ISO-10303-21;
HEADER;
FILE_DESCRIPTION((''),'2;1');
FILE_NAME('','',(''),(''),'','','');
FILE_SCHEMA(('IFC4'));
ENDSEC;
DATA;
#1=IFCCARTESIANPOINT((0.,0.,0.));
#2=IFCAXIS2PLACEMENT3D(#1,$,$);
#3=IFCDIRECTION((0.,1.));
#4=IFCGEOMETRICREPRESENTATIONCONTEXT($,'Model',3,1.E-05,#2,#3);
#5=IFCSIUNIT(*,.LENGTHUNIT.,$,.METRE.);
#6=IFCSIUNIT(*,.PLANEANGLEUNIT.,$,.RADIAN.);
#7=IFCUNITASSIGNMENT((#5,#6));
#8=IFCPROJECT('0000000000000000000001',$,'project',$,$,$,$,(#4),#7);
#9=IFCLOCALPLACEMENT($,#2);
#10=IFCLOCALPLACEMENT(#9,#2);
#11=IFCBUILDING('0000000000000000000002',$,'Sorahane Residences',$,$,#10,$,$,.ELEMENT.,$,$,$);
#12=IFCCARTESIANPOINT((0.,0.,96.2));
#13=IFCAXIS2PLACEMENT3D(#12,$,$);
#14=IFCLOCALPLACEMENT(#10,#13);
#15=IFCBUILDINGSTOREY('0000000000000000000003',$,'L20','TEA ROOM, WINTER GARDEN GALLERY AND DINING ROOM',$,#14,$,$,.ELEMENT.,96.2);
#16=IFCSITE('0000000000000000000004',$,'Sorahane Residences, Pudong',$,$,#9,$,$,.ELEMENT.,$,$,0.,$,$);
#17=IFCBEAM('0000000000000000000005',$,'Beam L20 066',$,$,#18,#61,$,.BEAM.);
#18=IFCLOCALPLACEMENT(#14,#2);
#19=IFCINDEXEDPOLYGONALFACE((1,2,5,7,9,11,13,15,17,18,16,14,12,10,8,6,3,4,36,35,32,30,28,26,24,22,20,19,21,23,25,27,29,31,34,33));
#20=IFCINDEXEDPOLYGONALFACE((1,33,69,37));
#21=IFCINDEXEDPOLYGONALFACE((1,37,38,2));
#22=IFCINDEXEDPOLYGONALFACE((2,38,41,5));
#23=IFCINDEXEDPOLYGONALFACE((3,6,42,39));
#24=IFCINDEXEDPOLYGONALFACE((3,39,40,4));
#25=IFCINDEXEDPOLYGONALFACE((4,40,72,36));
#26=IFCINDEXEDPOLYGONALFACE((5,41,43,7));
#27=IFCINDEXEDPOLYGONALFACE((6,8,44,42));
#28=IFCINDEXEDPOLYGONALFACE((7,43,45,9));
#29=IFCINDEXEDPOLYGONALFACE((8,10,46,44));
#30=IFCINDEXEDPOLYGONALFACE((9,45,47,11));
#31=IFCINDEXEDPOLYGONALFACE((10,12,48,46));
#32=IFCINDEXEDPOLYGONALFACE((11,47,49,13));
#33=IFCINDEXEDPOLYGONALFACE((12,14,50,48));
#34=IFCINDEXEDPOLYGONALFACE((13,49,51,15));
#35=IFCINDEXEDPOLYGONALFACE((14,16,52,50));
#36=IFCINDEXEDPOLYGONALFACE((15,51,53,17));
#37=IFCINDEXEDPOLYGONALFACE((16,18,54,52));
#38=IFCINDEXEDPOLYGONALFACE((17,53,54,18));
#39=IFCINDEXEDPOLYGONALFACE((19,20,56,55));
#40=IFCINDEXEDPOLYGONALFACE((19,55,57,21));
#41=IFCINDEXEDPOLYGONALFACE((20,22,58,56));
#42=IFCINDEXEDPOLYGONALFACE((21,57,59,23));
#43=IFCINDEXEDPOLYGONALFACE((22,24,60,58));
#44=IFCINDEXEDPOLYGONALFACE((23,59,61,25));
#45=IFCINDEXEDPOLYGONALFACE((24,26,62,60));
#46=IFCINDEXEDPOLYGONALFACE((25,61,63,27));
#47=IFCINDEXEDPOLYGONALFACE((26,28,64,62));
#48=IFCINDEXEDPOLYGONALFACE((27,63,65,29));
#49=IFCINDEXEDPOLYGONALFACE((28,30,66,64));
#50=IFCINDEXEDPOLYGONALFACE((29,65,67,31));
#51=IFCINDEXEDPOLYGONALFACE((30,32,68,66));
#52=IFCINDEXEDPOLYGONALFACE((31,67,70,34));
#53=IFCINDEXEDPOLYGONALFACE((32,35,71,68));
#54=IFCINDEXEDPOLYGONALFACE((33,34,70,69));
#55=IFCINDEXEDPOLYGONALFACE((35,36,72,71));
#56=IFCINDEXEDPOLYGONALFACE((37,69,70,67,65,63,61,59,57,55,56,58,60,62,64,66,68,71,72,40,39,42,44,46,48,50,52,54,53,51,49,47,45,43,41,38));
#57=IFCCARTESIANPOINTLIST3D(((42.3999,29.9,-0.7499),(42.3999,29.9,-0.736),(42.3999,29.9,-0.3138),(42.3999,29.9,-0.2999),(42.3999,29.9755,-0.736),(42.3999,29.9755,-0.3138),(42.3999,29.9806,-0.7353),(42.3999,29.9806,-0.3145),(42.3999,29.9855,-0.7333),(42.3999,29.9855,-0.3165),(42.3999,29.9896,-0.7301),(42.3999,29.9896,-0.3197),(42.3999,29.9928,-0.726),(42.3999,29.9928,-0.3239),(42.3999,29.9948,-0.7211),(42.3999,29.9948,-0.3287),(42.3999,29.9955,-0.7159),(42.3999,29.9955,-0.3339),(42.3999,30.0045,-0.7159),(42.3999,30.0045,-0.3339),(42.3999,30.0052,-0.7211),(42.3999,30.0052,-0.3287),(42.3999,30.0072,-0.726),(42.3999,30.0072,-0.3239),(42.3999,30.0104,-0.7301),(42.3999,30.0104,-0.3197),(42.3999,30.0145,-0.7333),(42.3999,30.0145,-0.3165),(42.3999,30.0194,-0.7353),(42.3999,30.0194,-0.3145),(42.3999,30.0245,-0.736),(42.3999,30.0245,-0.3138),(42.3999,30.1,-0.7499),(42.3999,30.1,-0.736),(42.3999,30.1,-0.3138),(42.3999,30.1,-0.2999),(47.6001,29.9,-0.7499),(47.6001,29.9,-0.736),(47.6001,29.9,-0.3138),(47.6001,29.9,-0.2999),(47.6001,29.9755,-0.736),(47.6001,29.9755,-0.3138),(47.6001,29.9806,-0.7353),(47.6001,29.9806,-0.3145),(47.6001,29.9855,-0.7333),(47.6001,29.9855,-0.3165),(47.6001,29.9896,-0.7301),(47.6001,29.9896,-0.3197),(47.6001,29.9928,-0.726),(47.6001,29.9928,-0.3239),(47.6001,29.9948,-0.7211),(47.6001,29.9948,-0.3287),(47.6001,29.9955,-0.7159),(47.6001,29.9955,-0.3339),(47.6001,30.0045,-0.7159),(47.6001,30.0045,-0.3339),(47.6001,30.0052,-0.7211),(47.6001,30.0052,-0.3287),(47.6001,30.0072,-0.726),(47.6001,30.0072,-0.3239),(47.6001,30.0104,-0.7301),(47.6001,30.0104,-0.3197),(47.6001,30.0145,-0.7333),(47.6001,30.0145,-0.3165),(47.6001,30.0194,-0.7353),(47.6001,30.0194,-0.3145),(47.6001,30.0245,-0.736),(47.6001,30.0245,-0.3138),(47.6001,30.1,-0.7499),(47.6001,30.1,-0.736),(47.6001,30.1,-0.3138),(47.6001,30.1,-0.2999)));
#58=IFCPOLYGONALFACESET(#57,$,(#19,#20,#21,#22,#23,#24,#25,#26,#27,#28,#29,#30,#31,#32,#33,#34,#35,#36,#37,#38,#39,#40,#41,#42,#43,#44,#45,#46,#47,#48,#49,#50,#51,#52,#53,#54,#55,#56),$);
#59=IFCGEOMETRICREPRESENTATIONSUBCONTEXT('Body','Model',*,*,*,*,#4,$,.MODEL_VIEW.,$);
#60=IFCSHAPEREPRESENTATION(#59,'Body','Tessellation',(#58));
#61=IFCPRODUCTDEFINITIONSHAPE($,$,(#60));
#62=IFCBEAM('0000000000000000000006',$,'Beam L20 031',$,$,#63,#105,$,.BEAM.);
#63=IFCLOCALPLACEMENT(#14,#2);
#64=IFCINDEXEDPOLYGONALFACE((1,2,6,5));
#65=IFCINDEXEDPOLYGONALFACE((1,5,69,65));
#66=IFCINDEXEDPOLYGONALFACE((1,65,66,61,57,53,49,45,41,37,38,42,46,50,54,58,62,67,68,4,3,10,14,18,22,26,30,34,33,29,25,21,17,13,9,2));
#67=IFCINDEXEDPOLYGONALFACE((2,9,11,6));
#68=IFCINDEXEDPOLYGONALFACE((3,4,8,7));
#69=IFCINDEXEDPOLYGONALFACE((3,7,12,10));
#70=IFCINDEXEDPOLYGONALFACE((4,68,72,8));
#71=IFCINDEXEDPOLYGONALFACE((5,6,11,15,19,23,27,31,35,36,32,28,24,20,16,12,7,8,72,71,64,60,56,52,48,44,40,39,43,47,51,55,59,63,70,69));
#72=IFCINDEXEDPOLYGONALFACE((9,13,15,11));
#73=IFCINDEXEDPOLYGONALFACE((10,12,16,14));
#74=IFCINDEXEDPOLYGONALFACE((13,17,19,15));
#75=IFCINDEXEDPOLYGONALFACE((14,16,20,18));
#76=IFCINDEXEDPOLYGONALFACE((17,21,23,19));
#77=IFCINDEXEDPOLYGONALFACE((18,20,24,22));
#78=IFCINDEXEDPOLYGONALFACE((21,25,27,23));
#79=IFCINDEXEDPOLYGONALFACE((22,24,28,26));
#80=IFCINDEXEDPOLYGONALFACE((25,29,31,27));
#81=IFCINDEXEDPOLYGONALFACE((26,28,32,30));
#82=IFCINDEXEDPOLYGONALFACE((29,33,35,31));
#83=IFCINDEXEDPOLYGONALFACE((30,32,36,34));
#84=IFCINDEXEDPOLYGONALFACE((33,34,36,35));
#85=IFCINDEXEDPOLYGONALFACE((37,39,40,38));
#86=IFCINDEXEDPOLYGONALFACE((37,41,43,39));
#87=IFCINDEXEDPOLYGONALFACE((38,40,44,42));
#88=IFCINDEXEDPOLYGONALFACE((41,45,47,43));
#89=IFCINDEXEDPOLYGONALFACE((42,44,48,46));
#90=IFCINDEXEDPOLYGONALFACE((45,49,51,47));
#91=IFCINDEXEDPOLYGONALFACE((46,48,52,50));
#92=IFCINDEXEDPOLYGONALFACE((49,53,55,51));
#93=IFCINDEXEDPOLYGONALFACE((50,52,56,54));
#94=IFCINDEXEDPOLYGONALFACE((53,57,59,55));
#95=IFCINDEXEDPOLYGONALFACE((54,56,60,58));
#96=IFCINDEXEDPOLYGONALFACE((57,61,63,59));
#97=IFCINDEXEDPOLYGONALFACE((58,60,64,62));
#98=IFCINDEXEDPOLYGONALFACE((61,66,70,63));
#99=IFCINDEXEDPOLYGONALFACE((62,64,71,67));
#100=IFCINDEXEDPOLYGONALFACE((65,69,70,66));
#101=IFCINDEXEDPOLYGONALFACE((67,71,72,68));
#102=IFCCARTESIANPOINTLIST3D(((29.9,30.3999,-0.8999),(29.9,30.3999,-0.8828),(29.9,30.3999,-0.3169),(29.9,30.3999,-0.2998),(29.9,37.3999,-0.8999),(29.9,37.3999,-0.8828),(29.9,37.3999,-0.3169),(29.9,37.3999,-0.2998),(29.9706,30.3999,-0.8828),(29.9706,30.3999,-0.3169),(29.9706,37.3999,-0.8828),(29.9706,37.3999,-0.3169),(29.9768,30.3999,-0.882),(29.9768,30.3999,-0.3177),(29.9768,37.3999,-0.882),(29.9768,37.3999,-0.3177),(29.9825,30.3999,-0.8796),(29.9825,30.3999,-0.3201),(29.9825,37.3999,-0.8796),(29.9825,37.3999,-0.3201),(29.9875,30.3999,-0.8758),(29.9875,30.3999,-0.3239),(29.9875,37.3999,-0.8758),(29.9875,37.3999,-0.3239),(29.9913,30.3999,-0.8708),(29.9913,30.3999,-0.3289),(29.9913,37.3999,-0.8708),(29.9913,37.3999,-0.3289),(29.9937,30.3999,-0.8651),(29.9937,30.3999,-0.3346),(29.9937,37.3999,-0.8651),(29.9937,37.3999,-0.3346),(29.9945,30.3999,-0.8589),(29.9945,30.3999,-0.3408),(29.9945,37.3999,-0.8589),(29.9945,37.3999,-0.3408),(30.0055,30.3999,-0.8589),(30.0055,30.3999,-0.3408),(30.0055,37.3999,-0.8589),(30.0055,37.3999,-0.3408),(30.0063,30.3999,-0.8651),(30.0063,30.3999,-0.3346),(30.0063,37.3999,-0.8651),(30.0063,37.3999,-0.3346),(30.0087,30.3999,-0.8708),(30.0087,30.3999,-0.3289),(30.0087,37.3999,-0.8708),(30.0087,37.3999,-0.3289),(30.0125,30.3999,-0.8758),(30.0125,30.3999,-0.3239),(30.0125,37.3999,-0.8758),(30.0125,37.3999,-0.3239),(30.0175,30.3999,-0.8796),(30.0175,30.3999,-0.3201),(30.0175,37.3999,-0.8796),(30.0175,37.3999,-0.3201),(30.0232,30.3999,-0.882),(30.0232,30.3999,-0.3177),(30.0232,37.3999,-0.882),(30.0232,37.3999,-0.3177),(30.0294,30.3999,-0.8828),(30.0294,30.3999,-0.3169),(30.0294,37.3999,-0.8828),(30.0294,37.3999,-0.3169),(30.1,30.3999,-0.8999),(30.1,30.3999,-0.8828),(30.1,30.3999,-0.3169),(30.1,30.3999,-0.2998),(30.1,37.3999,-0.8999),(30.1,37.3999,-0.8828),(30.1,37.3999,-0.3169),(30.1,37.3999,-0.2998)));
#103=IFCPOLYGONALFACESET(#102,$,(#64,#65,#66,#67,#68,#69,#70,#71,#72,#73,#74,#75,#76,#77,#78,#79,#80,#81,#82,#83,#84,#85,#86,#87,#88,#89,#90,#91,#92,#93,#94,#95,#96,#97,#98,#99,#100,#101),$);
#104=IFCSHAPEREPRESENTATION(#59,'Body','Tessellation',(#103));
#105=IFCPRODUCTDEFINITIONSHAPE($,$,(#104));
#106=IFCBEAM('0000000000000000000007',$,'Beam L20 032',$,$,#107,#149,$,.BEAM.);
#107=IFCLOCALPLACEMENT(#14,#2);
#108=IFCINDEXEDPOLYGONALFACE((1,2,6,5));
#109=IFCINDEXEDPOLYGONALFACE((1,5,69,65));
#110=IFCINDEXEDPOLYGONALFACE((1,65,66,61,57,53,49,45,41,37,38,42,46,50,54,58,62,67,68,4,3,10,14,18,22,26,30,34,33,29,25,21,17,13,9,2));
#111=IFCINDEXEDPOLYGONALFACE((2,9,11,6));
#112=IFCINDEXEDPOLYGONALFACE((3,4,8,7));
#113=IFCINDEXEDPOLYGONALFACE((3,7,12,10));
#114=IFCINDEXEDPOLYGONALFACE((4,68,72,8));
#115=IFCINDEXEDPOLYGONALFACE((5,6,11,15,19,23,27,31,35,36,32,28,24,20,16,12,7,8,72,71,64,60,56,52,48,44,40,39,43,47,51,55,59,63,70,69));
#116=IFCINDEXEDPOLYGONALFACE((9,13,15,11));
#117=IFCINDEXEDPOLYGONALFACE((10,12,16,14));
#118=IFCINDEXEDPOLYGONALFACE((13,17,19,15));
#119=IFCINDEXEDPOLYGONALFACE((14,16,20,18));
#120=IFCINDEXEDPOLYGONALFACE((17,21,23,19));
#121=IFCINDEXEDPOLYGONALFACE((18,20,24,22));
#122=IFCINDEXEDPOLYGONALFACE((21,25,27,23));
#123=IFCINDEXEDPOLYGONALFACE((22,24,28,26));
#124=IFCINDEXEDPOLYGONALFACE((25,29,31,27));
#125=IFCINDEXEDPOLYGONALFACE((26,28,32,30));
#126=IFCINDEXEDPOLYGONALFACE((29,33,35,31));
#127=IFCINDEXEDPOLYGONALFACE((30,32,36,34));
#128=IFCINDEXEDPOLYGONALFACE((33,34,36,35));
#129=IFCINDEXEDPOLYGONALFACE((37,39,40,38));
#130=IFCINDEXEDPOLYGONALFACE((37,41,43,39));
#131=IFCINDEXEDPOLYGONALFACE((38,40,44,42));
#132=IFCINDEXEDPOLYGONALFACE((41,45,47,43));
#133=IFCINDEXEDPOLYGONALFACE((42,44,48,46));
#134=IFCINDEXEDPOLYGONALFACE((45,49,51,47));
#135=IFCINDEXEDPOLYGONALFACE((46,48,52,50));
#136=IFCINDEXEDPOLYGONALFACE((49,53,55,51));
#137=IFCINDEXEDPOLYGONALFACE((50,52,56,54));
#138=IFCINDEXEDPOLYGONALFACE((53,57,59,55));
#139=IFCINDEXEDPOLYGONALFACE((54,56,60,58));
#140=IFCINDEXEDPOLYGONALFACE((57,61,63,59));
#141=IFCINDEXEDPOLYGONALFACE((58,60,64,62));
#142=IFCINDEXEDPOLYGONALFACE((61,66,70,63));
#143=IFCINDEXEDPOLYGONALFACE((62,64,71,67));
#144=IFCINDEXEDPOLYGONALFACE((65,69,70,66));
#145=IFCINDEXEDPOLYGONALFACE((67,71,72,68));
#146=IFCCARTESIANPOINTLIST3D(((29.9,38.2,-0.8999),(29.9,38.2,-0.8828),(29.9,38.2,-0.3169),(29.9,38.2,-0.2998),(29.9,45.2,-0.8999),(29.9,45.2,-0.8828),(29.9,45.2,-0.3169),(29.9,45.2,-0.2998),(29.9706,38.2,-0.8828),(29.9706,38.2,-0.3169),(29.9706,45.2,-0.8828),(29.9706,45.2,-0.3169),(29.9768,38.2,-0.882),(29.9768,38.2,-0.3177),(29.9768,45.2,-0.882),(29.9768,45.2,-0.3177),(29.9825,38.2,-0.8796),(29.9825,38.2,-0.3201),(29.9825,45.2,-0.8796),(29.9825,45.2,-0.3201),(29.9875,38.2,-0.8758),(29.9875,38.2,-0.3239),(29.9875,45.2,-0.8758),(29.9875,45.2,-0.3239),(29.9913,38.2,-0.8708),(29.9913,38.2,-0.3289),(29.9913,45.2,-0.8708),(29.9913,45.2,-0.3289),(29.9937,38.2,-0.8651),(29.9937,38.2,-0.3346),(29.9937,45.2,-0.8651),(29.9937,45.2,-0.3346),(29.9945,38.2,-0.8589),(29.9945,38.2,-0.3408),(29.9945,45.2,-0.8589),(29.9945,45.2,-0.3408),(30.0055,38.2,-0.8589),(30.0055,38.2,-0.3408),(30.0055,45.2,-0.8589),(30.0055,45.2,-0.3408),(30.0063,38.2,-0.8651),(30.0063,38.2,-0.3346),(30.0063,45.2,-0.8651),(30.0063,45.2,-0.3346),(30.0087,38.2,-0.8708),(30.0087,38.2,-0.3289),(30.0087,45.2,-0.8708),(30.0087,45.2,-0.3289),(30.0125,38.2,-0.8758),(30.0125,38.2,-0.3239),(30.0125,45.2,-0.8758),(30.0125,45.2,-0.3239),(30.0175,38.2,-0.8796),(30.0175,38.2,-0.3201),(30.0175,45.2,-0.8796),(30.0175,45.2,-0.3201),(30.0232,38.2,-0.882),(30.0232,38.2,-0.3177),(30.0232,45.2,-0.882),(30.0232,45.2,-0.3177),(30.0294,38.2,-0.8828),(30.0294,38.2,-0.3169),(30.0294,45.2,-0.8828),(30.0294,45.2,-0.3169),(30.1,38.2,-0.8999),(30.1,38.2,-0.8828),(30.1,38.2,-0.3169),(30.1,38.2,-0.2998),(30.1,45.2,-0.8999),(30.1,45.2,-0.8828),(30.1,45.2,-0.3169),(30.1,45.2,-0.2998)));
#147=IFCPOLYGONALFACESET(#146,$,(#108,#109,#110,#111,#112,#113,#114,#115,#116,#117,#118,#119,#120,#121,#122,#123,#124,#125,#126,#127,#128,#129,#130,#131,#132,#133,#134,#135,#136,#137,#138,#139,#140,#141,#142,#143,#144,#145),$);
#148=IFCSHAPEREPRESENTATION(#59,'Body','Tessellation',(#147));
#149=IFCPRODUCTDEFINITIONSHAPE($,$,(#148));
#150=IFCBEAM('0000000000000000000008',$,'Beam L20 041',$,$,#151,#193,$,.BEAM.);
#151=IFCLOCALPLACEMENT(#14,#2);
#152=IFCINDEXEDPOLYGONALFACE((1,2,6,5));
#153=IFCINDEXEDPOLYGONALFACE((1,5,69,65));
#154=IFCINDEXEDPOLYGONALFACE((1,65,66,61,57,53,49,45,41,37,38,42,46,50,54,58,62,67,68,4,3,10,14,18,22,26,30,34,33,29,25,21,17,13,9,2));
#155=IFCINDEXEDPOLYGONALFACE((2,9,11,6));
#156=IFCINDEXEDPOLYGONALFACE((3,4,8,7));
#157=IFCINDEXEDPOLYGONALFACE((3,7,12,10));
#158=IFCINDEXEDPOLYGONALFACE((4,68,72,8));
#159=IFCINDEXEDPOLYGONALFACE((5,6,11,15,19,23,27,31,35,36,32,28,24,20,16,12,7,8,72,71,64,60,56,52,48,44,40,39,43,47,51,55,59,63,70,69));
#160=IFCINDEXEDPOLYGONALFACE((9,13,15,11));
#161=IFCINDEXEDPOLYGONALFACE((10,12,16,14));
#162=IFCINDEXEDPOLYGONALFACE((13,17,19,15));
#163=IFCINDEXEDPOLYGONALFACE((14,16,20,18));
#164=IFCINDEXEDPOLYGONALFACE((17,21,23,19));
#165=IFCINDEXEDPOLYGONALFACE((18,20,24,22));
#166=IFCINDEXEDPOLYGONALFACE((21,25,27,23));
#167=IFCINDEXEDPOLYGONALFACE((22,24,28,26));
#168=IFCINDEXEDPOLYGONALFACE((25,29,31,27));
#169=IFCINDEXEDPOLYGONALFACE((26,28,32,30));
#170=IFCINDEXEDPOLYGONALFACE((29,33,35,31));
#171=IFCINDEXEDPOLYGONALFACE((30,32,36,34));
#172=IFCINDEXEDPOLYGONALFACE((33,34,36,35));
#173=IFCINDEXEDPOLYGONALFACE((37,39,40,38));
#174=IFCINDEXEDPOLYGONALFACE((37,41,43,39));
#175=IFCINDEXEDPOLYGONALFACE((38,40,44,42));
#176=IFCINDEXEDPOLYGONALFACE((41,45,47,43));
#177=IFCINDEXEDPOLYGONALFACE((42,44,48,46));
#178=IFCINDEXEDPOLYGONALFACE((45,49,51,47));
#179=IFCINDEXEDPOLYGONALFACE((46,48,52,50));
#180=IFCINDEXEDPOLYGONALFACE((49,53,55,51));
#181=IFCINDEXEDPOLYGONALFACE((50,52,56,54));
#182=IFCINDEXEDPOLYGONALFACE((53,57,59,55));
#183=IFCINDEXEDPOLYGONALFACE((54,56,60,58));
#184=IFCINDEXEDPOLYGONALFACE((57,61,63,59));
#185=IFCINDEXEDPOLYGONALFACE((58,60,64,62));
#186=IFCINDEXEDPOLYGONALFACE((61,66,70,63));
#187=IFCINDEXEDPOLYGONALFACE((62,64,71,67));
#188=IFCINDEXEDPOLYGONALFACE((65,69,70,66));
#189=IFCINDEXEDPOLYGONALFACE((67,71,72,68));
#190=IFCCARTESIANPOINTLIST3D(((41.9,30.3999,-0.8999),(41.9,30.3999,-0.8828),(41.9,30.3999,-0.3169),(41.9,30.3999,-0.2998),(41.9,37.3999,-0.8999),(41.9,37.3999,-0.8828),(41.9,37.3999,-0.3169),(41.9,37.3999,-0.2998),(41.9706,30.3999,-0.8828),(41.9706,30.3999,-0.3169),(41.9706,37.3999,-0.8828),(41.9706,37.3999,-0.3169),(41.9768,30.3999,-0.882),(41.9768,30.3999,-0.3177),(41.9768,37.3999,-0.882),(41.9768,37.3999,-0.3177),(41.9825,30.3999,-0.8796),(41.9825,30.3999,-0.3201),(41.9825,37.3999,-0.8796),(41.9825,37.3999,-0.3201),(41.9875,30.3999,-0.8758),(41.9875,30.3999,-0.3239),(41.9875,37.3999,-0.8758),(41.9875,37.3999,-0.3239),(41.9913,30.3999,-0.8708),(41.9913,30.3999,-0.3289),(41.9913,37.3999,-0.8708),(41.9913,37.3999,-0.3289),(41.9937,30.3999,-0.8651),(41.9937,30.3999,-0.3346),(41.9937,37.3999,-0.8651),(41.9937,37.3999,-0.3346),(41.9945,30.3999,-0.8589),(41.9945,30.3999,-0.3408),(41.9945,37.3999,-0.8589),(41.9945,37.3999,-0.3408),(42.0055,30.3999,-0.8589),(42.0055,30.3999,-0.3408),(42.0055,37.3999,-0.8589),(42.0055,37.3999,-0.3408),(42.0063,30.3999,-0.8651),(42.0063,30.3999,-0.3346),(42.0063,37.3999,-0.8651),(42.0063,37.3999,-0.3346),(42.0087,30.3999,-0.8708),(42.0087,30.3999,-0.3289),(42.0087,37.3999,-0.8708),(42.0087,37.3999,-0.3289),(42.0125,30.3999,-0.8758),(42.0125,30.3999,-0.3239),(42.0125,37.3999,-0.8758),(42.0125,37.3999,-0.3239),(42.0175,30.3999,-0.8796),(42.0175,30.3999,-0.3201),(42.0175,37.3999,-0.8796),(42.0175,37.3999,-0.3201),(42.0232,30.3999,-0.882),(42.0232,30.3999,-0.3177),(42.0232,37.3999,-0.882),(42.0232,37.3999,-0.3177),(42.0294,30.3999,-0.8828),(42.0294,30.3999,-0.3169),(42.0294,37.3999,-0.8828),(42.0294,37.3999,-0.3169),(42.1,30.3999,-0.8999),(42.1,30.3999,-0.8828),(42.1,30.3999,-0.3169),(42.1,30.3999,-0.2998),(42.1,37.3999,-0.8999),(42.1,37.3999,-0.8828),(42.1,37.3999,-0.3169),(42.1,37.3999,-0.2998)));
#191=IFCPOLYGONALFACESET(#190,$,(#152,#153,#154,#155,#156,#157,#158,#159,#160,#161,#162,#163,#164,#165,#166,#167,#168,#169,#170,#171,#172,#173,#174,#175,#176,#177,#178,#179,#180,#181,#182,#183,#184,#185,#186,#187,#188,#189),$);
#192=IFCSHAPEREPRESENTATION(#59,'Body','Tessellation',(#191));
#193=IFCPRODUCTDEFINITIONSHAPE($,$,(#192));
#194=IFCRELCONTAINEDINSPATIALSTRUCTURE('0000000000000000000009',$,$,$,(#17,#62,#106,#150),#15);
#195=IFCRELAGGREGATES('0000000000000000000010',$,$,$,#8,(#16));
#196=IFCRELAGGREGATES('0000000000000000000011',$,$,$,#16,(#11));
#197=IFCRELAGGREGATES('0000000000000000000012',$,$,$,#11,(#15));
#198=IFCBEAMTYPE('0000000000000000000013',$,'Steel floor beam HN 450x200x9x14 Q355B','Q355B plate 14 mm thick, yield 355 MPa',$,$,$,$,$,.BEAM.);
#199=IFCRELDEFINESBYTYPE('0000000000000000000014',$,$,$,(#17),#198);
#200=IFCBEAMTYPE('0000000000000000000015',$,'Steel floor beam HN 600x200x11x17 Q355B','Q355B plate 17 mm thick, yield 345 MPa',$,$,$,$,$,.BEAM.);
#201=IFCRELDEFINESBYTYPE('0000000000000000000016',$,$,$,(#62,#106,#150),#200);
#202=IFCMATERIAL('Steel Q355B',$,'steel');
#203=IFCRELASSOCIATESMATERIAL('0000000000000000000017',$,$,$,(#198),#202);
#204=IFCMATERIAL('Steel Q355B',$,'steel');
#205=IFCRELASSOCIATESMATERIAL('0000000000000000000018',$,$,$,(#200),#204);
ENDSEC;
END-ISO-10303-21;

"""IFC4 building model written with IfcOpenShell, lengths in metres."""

from ifc_helpers import new_model, si_unit, direction, frame, origin, origin_2d, place, context, subcontext, project, spatial, i_section, extrude, material, material_profile, profile_set, type_object, element, save


model = new_model("IFC4")

# Units and contexts
model_context = context("Model", 3, precision=1e-05, world=origin(), true_north=direction((0.0, 1.0)))
body_context = subcontext(model_context, "Body", "Model", "MODEL_VIEW")
ifc_project = project(units=[si_unit("LENGTHUNIT", "METRE"), si_unit("PLANEANGLEUNIT", "RADIAN")], contexts=[model_context])

# Site, building, storey
site_placement = place(None, origin())
site = spatial("IfcSite", under=ifc_project, at=site_placement, Name="Sorahane Residences, Pudong", CompositionType="ELEMENT", RefElevation=0.0)
building_placement = place(site_placement, origin())
building = spatial("IfcBuilding", under=site, at=building_placement, Name="Sorahane Residences", CompositionType="ELEMENT")
storey_placement = place(building_placement, frame((0.0, 0.0, 96.2)))
storey = spatial("IfcBuildingStorey", under=building, at=storey_placement, Name="L20", Description="TEA ROOM, WINTER GARDEN GALLERY AND DINING ROOM", CompositionType="ELEMENT", Elevation=96.2)

# Beams
ifc_material_1 = material(Name="Steel Q355B", Category="steel")
ifc_material_profile_1 = material_profile(ifc_material_1, i_section(OverallWidth=0.2, OverallDepth=0.45, WebThickness=0.009, FlangeThickness=0.0139, FilletRadius=0.02, at=origin_2d()), Name="HN 450x200x9x14")
ifc_profile_set_1 = profile_set([ifc_material_profile_1], Name="Steel Q355B")
beam_type_1 = type_object("IfcBeamType", Name="Steel floor beam HN 450x200x9x14 Q355B", Description="Q355B plate 14 mm thick, yield 355 MPa", PredefinedType="BEAM", material=ifc_profile_set_1)
beam_placement = place(storey_placement, frame((42.3999, 30.0, -0.5249), z_axis=(1.0, 0.0, 0.0), x_axis=(0.0, 1.0, 0.0)))
element("IfcBeam", 1, at=beam_placement, inside=storey, type_object=beam_type_1, Name="Beam L20 066", PredefinedType="BEAM", context=body_context, shape_type="SweptSolid", body=[
    extrude(i_section(OverallWidth=0.2, OverallDepth=0.45, WebThickness=0.009, FlangeThickness=0.0139, FilletRadius=0.02, at=origin_2d()), origin(), (0.0, 0.0, 1.0), 5.2002),
])
ifc_material_2 = material(Name="Steel Q355B", Category="steel")
ifc_material_profile_2 = material_profile(ifc_material_2, i_section(OverallWidth=0.2, OverallDepth=0.6001, WebThickness=0.011, FlangeThickness=0.0171, FilletRadius=0.0239, at=origin_2d()), Name="HN 600x200x11x17")
ifc_profile_set_2 = profile_set([ifc_material_profile_2], Name="Steel Q355B")
beam_type_2 = type_object("IfcBeamType", Name="Steel floor beam HN 600x200x11x17 Q355B", Description="Q355B plate 17 mm thick, yield 345 MPa", PredefinedType="BEAM", material=ifc_profile_set_2)
for number, where, z_axis, x_axis, name in (
    (2, (30.0, 30.3999, -0.5999), (0.0, 1.0, 0.0), (-1.0, 0.0, 0.0), "Beam L20 031"),
    (3, (30.0, 38.2, -0.5999), (0.0, 1.0, 0.0), (-1.0, 0.0, 0.0), "Beam L20 032"),
    (4, (42.0, 30.3999, -0.5999), (0.0, 1.0, 0.0), (-1.0, 0.0, 0.0), "Beam L20 041"),
):
    element("IfcBeam", number, at=place(storey_placement, frame(where, z_axis=z_axis, x_axis=x_axis)), inside=storey, type_object=beam_type_2, Name=name, PredefinedType="BEAM", context=body_context, shape_type="SweptSolid", body=[
        extrude(i_section(OverallWidth=0.2, OverallDepth=0.6001, WebThickness=0.011, FlangeThickness=0.0171, FilletRadius=0.0239, at=origin_2d()), origin(), (0.0, 0.0, 1.0), 7.0),
    ])

save(model, "model.ifc")
